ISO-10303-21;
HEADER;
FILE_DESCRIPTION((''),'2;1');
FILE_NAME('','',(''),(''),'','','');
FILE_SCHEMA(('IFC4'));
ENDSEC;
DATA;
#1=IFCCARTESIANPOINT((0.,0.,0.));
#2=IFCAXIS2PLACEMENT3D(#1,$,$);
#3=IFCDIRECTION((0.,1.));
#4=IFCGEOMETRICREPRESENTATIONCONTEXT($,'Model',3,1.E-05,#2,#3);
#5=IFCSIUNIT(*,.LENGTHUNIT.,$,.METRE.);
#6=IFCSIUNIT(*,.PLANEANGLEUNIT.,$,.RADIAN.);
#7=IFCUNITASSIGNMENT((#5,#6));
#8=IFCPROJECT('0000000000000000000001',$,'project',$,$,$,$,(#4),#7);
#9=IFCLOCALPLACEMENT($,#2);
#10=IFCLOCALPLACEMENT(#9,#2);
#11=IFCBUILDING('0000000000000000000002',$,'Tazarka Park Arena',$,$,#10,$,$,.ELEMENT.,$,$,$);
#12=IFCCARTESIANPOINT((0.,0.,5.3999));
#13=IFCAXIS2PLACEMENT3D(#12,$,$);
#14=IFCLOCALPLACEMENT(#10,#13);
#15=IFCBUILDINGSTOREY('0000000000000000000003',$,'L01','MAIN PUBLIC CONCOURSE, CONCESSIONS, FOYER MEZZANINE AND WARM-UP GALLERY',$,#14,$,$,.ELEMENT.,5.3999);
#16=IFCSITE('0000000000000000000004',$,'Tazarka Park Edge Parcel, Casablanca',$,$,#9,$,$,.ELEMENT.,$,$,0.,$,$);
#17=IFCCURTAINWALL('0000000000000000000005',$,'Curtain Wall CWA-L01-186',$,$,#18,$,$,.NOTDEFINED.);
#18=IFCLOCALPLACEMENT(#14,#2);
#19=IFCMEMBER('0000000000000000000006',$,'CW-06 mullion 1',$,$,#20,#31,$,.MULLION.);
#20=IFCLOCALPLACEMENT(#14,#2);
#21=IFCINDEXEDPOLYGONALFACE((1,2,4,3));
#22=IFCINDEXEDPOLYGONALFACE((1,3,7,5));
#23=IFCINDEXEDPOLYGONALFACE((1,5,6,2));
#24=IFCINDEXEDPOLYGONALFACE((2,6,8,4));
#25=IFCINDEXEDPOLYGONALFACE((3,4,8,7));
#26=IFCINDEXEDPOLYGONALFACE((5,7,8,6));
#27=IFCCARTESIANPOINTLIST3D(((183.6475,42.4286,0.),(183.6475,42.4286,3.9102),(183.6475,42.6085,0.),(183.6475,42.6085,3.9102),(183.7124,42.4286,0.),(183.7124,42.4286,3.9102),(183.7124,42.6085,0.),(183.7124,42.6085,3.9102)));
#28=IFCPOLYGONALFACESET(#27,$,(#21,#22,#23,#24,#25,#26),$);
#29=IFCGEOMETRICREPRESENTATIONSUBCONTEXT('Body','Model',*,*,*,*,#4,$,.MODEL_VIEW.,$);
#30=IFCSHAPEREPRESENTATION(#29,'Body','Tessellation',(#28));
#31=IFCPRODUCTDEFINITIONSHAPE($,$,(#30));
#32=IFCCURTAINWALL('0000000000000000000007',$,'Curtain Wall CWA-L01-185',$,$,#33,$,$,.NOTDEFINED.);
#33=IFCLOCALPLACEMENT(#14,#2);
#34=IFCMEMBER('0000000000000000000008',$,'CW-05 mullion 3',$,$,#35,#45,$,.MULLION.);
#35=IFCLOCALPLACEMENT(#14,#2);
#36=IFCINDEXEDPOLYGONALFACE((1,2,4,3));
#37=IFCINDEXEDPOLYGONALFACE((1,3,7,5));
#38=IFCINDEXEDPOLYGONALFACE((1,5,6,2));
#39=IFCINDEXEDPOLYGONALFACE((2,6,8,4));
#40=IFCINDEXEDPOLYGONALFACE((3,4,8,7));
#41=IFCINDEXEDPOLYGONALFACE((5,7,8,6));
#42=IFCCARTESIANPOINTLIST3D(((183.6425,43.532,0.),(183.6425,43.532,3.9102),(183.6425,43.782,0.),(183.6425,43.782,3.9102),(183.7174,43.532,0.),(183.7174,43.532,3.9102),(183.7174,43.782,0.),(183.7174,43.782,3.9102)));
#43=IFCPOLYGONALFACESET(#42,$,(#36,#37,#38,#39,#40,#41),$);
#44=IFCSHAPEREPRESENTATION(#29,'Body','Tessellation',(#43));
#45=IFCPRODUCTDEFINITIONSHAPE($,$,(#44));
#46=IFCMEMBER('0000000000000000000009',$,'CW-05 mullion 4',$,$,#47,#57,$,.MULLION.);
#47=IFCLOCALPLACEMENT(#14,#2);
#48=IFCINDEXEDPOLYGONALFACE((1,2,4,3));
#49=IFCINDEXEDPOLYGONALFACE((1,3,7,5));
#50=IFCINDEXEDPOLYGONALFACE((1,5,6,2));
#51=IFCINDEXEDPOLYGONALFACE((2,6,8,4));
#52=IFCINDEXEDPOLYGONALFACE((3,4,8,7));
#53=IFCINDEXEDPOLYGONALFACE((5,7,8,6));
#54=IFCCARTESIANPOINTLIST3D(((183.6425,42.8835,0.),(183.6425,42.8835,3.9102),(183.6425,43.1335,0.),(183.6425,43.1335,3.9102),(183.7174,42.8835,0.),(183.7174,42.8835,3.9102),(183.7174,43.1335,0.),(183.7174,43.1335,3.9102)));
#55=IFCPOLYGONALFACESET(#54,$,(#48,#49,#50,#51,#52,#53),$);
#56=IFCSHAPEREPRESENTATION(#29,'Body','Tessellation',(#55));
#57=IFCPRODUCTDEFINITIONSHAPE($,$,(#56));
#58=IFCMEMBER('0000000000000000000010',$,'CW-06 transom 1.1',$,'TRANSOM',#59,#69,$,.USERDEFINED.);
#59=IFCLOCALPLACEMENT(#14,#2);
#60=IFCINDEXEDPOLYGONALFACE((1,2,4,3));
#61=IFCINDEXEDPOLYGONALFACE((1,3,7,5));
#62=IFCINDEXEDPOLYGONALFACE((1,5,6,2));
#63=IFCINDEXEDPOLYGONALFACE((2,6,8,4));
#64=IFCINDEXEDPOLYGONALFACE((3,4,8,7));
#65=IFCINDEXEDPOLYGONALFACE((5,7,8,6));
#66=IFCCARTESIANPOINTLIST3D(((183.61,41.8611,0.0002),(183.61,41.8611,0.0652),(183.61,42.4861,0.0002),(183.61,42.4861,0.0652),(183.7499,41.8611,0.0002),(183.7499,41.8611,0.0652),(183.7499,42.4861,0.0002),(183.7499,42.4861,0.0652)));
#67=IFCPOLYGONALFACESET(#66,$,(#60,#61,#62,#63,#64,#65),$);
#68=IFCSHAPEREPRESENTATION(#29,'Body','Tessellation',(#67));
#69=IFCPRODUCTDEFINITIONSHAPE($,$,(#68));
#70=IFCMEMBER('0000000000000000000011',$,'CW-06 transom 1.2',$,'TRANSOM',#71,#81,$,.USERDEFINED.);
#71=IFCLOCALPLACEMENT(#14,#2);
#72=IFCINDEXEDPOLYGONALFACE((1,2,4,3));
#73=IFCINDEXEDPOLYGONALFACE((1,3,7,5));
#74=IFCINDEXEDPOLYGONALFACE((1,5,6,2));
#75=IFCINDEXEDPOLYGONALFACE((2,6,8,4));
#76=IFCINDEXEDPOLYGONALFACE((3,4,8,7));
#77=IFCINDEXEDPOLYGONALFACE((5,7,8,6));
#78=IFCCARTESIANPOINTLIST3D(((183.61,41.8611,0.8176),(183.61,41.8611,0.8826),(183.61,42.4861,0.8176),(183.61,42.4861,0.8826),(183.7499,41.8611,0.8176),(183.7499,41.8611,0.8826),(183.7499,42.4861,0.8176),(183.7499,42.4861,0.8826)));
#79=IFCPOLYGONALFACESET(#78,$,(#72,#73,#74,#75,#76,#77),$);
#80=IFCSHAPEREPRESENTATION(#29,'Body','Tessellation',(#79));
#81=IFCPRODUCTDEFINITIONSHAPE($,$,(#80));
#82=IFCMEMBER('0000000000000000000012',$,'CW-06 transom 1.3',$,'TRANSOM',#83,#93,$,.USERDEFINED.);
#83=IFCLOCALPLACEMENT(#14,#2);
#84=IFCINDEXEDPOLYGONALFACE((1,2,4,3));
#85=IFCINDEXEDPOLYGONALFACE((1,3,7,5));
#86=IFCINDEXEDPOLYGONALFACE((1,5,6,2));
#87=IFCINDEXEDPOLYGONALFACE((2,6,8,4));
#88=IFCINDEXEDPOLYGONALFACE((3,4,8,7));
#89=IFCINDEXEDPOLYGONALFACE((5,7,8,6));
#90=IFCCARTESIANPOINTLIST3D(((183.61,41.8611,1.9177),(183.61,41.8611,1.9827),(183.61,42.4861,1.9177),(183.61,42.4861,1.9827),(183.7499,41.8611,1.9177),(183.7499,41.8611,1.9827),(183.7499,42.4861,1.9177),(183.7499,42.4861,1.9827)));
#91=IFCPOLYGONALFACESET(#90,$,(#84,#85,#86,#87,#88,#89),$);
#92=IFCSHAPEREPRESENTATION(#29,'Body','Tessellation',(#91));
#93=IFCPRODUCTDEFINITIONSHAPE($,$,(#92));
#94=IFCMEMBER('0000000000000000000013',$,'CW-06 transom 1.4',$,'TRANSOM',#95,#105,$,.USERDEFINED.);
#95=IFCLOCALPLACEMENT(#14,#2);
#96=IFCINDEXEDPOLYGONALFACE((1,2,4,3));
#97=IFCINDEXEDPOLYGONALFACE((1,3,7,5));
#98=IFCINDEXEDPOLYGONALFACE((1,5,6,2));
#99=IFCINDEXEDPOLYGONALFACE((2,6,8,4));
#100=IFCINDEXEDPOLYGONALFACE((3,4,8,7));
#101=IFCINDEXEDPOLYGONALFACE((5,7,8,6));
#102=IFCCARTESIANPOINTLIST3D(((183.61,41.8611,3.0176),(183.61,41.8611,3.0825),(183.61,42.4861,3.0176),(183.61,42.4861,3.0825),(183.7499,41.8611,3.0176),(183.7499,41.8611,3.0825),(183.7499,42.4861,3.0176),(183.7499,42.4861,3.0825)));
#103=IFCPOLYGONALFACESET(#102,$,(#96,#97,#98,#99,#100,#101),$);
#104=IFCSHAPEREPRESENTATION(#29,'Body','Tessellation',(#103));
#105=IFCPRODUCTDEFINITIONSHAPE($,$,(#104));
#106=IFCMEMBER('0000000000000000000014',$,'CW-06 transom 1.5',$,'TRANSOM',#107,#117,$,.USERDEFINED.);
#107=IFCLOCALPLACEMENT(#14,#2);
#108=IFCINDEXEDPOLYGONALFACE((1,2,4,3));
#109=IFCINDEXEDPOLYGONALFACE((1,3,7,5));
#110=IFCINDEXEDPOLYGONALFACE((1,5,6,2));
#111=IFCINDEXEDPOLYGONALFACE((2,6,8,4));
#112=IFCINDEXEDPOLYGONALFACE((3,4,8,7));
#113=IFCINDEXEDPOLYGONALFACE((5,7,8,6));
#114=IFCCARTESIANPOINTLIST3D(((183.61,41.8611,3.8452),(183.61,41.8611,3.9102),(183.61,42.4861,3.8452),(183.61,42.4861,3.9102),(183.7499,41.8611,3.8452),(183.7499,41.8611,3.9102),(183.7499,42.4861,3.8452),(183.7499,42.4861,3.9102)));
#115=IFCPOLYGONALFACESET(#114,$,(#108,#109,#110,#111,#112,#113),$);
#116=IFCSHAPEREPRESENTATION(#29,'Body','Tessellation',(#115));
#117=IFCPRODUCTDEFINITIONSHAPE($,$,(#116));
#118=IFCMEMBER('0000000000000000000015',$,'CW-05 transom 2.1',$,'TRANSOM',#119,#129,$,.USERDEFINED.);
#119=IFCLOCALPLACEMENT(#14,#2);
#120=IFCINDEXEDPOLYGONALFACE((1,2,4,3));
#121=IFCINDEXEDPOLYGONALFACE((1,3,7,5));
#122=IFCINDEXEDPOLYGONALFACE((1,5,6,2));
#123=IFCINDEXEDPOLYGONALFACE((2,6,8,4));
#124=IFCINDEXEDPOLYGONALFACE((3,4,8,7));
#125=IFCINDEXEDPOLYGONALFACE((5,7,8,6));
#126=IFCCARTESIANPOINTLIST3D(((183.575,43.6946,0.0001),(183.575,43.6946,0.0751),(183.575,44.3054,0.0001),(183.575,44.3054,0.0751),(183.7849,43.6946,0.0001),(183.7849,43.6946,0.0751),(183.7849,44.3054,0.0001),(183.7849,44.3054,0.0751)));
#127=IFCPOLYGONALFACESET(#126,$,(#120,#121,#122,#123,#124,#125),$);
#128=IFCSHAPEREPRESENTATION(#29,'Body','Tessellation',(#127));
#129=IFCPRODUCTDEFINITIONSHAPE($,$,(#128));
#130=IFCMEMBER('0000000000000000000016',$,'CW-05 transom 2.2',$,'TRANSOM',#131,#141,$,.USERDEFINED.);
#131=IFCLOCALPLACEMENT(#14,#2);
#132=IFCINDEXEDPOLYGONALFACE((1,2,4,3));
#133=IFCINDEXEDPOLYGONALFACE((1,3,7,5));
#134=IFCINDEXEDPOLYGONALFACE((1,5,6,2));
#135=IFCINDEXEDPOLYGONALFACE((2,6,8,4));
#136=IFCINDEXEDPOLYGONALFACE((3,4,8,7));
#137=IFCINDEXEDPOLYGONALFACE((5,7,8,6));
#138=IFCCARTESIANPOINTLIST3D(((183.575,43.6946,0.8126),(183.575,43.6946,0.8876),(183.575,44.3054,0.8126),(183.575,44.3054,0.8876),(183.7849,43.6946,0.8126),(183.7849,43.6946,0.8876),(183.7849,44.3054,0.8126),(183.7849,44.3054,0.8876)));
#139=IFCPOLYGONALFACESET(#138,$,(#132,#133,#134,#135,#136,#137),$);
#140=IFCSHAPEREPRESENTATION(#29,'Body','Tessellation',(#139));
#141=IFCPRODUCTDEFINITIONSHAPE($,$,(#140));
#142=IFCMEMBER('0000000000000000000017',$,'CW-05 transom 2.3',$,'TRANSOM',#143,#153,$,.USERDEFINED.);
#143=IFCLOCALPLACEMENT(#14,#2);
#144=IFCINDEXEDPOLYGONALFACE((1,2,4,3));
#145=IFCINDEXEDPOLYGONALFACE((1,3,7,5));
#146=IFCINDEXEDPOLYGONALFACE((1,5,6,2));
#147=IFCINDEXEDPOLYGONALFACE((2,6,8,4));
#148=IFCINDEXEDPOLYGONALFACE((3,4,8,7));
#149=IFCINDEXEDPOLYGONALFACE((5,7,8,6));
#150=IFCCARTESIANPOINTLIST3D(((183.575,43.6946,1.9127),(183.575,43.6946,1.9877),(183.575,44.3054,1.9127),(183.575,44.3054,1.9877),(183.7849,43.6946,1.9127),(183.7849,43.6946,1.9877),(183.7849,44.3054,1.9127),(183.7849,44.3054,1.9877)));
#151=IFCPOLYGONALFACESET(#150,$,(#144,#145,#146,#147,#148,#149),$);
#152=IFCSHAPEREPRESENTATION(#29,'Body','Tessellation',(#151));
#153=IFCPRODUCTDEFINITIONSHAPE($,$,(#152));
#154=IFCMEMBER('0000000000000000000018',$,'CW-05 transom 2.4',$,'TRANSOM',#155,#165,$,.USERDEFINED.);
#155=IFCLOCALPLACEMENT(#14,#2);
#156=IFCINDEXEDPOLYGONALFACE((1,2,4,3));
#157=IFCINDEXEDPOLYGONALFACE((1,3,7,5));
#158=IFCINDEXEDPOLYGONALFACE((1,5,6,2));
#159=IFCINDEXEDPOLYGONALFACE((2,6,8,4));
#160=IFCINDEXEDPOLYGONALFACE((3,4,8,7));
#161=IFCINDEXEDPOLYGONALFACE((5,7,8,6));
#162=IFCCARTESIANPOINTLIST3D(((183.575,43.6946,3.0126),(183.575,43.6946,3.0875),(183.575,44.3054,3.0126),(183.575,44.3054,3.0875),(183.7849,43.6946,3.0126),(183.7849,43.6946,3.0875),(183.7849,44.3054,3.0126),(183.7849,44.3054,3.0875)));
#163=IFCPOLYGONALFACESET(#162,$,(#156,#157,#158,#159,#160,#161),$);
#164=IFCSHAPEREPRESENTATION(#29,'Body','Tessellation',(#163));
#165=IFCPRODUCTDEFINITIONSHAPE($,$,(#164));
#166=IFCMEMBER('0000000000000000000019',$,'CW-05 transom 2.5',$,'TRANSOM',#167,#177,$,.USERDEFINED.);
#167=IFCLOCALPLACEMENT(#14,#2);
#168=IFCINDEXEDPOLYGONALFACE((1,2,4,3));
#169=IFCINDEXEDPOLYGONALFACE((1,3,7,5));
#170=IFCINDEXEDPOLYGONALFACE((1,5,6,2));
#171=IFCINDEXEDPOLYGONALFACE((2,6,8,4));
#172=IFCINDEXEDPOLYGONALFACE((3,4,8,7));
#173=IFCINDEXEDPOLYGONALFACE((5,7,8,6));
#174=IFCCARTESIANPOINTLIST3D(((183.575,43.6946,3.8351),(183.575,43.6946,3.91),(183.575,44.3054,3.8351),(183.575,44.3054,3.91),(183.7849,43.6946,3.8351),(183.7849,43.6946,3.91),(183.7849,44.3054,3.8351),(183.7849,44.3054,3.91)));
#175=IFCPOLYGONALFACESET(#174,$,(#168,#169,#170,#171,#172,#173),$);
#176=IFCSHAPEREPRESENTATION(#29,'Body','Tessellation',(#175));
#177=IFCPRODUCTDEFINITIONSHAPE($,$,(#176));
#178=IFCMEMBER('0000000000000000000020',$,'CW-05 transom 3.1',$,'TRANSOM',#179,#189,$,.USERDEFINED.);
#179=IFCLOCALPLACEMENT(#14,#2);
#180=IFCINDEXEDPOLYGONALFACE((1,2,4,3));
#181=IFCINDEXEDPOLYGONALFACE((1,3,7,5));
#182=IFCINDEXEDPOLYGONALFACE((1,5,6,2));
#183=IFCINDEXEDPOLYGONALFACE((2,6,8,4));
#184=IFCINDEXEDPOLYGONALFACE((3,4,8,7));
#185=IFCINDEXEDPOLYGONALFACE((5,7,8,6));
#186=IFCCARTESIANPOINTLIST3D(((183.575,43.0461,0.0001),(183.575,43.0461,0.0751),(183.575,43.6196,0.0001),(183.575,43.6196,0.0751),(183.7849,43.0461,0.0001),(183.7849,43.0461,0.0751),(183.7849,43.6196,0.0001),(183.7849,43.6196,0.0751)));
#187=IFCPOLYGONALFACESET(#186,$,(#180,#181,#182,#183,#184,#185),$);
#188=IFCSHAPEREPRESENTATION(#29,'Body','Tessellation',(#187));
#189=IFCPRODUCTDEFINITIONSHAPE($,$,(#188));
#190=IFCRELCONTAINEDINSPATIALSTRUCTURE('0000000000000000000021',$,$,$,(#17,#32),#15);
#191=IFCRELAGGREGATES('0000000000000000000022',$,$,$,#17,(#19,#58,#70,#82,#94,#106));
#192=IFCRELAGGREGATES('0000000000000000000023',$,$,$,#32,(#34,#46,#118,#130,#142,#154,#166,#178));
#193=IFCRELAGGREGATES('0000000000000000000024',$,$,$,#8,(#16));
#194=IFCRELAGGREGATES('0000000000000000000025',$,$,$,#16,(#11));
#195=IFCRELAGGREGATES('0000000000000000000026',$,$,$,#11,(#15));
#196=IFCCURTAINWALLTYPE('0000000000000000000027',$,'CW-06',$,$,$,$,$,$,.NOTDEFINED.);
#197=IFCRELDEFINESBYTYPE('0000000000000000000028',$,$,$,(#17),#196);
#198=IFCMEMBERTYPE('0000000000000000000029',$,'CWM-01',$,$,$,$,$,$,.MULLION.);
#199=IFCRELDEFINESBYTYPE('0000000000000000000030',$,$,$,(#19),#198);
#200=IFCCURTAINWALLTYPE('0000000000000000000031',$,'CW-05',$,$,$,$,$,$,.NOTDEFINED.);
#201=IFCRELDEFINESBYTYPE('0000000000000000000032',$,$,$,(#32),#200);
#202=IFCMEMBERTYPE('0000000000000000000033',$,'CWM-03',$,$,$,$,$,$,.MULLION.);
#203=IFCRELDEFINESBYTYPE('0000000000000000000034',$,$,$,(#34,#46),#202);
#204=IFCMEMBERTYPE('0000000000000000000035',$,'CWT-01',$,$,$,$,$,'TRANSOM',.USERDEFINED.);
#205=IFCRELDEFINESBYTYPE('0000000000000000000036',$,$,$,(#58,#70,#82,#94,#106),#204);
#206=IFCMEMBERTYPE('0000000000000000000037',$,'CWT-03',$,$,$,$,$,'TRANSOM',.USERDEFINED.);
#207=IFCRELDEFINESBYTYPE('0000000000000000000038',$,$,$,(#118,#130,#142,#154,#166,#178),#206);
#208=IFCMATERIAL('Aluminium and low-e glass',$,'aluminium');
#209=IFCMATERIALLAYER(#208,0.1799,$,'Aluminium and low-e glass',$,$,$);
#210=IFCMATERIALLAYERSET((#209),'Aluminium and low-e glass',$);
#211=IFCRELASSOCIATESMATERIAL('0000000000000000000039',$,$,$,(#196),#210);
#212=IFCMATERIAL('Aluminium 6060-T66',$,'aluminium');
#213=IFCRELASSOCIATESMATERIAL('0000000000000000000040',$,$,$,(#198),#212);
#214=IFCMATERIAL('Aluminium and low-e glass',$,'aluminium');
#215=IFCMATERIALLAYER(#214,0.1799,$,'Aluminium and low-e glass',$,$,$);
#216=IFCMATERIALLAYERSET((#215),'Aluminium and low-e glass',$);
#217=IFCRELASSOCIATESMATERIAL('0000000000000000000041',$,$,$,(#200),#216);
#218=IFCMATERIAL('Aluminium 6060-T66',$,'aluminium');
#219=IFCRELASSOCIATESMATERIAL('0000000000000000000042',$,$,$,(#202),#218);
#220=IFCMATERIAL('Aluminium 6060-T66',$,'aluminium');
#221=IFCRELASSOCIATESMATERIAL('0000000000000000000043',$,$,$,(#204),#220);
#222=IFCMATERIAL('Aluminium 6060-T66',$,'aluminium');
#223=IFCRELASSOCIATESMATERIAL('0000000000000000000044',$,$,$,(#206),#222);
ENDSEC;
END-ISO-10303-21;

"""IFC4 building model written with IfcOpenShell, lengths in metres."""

from ifc_helpers import new_model, si_unit, direction, frame, origin, origin_2d, place, context, subcontext, project, spatial, rectangle, extrude, material, layer, layer_set, material_profile, profile_set, type_object, element, aggregate, save


model = new_model("IFC4")

# Units and contexts
model_context = context("Model", 3, precision=1e-05, world=origin(), true_north=direction((0.0, 1.0)))
body_context = subcontext(model_context, "Body", "Model", "MODEL_VIEW")
ifc_project = project(units=[si_unit("LENGTHUNIT", "METRE"), si_unit("PLANEANGLEUNIT", "RADIAN")], contexts=[model_context])

# Site, building, storey
site_placement = place(None, origin())
site = spatial("IfcSite", under=ifc_project, at=site_placement, Name="Tazarka Park Edge Parcel, Casablanca", CompositionType="ELEMENT", RefElevation=0.0)
building_placement = place(site_placement, origin())
building = spatial("IfcBuilding", under=site, at=building_placement, Name="Tazarka Park Arena", CompositionType="ELEMENT")
storey_placement = place(building_placement, frame((0.0, 0.0, 5.3999)))
storey = spatial("IfcBuildingStorey", under=building, at=storey_placement, Name="L01", Description="MAIN PUBLIC CONCOURSE, CONCESSIONS, FOYER MEZZANINE AND WARM-UP GALLERY", CompositionType="ELEMENT", Elevation=5.3999)

# Curtain wall, member
ifc_material_1 = material(Name="Aluminium and low-e glass", Category="aluminium")
ifc_layer_1 = layer(ifc_material_1, 0.1799, Name="Aluminium and low-e glass")
ifc_layer_set_1 = layer_set([ifc_layer_1], Name="Aluminium and low-e glass")
curtain_wall_type_1 = type_object("IfcCurtainWallType", Name="CW-06", PredefinedType="NOTDEFINED", material=ifc_layer_set_1)
curtain_wall_1_placement = place(storey_placement, origin())
curtain_wall_1 = element("IfcCurtainWall", 1, at=curtain_wall_1_placement, inside=storey, type_object=curtain_wall_type_1, Name="Curtain Wall CWA-L01-186", PredefinedType="NOTDEFINED")
ifc_material_2 = material(Name="Aluminium 6060-T66", Category="aluminium")
ifc_material_profile_1 = material_profile(ifc_material_2, rectangle(XDim=0.0649, YDim=0.1799, at=origin_2d()), Name="Aluminium 6060-T66")
ifc_profile_set_1 = profile_set([ifc_material_profile_1], Name="Aluminium 6060-T66")
member_type_1 = type_object("IfcMemberType", Name="CWM-01", PredefinedType="MULLION", material=ifc_profile_set_1)
member_1_placement = place(storey_placement, frame((183.6799, 42.5186, 0.0), z_axis=(0.0, 0.0, 1.0), x_axis=(1.0, 0.0, 0.0)))
member_1 = element("IfcMember", 2, at=member_1_placement, type_object=member_type_1, Name="CW-06 mullion 1", PredefinedType="MULLION", context=body_context, shape_type="SweptSolid", body=[
    extrude(rectangle(XDim=0.0649, YDim=0.1799, at=origin_2d()), origin(), (0.0, 0.0, 1.0), 3.9102),
])

# Curtain wall, members
ifc_material_3 = material(Name="Aluminium and low-e glass", Category="aluminium")
ifc_layer_2 = layer(ifc_material_3, 0.1799, Name="Aluminium and low-e glass")
ifc_layer_set_2 = layer_set([ifc_layer_2], Name="Aluminium and low-e glass")
curtain_wall_type_2 = type_object("IfcCurtainWallType", Name="CW-05", PredefinedType="NOTDEFINED", material=ifc_layer_set_2)
curtain_wall_2_placement = place(storey_placement, origin())
curtain_wall_2 = element("IfcCurtainWall", 3, at=curtain_wall_2_placement, inside=storey, type_object=curtain_wall_type_2, Name="Curtain Wall CWA-L01-185", PredefinedType="NOTDEFINED")
ifc_material_4 = material(Name="Aluminium 6060-T66", Category="aluminium")
ifc_material_profile_2 = material_profile(ifc_material_4, rectangle(XDim=0.075, YDim=0.25, at=origin_2d()), Name="Aluminium 6060-T66")
ifc_profile_set_2 = profile_set([ifc_material_profile_2], Name="Aluminium 6060-T66")
member_type_2 = type_object("IfcMemberType", Name="CWM-03", PredefinedType="MULLION", material=ifc_profile_set_2)
member_2_placement = place(storey_placement, frame((183.6799, 43.657, 0.0), z_axis=(0.0, 0.0, 1.0), x_axis=(1.0, 0.0, 0.0)))
member_2 = element("IfcMember", 4, at=member_2_placement, type_object=member_type_2, Name="CW-05 mullion 3", PredefinedType="MULLION", context=body_context, shape_type="SweptSolid", body=[
    extrude(rectangle(XDim=0.075, YDim=0.25, at=origin_2d()), origin(), (0.0, 0.0, 1.0), 3.9102),
])
member_3_placement = place(storey_placement, frame((183.6799, 43.0085, 0.0), z_axis=(0.0, 0.0, 1.0), x_axis=(1.0, 0.0, 0.0)))
member_3 = element("IfcMember", 5, at=member_3_placement, type_object=member_type_2, Name="CW-05 mullion 4", PredefinedType="MULLION", context=body_context, shape_type="SweptSolid", body=[
    extrude(rectangle(XDim=0.075, YDim=0.25, at=origin_2d()), origin(), (0.0, 0.0, 1.0), 3.9102),
])

# Members
ifc_material_5 = material(Name="Aluminium 6060-T66", Category="aluminium")
ifc_material_profile_3 = material_profile(ifc_material_5, rectangle(XDim=0.1399, YDim=0.0649, at=origin_2d()), Name="Aluminium 6060-T66")
ifc_profile_set_3 = profile_set([ifc_material_profile_3], Name="Aluminium 6060-T66")
member_type_3 = type_object("IfcMemberType", Name="CWT-01", ElementType="TRANSOM", PredefinedType="USERDEFINED", material=ifc_profile_set_3)
member_4_placement = place(storey_placement, frame((183.6799, 42.4861, 0.0327), z_axis=(0.0, -1.0, 0.0), x_axis=(1.0, 0.0, 0.0)))
member_4 = element("IfcMember", 6, at=member_4_placement, type_object=member_type_3, Name="CW-06 transom 1.1", ObjectType="TRANSOM", PredefinedType="USERDEFINED", context=body_context, shape_type="SweptSolid", body=[
    extrude(rectangle(XDim=0.1399, YDim=0.0649, at=origin_2d()), origin(), (0.0, 0.0, 1.0), 0.625),
])
member_5_placement = place(storey_placement, frame((183.6799, 42.4861, 0.8501), z_axis=(0.0, -1.0, 0.0), x_axis=(1.0, 0.0, 0.0)))
member_5 = element("IfcMember", 7, at=member_5_placement, type_object=member_type_3, Name="CW-06 transom 1.2", ObjectType="TRANSOM", PredefinedType="USERDEFINED", context=body_context, shape_type="SweptSolid", body=[
    extrude(rectangle(XDim=0.1399, YDim=0.0649, at=origin_2d()), origin(), (0.0, 0.0, 1.0), 0.625),
])
member_6_placement = place(storey_placement, frame((183.6799, 42.4861, 1.9502), z_axis=(0.0, -1.0, 0.0), x_axis=(1.0, 0.0, 0.0)))
member_6 = element("IfcMember", 8, at=member_6_placement, type_object=member_type_3, Name="CW-06 transom 1.3", ObjectType="TRANSOM", PredefinedType="USERDEFINED", context=body_context, shape_type="SweptSolid", body=[
    extrude(rectangle(XDim=0.1399, YDim=0.0649, at=origin_2d()), origin(), (0.0, 0.0, 1.0), 0.625),
])
member_7_placement = place(storey_placement, frame((183.6799, 42.4861, 3.05), z_axis=(0.0, -1.0, 0.0), x_axis=(1.0, 0.0, 0.0)))
member_7 = element("IfcMember", 9, at=member_7_placement, type_object=member_type_3, Name="CW-06 transom 1.4", ObjectType="TRANSOM", PredefinedType="USERDEFINED", context=body_context, shape_type="SweptSolid", body=[
    extrude(rectangle(XDim=0.1399, YDim=0.0649, at=origin_2d()), origin(), (0.0, 0.0, 1.0), 0.625),
])
member_8_placement = place(storey_placement, frame((183.6799, 42.4861, 3.8777), z_axis=(0.0, -1.0, 0.0), x_axis=(1.0, 0.0, 0.0)))
member_8 = element("IfcMember", 10, at=member_8_placement, type_object=member_type_3, Name="CW-06 transom 1.5", ObjectType="TRANSOM", PredefinedType="USERDEFINED", context=body_context, shape_type="SweptSolid", body=[
    extrude(rectangle(XDim=0.1399, YDim=0.0649, at=origin_2d()), origin(), (0.0, 0.0, 1.0), 0.625),
])
ifc_material_6 = material(Name="Aluminium 6060-T66", Category="aluminium")
ifc_material_profile_4 = material_profile(ifc_material_6, rectangle(XDim=0.21, YDim=0.075, at=origin_2d()), Name="Aluminium 6060-T66")
ifc_profile_set_4 = profile_set([ifc_material_profile_4], Name="Aluminium 6060-T66")
member_type_4 = type_object("IfcMemberType", Name="CWT-03", ElementType="TRANSOM", PredefinedType="USERDEFINED", material=ifc_profile_set_4)
member_9_placement = place(storey_placement, frame((183.6799, 44.3054, 0.0376), z_axis=(0.0, -1.0, 0.0), x_axis=(1.0, 0.0, 0.0)))
member_9 = element("IfcMember", 11, at=member_9_placement, type_object=member_type_4, Name="CW-05 transom 2.1", ObjectType="TRANSOM", PredefinedType="USERDEFINED", context=body_context, shape_type="SweptSolid", body=[
    extrude(rectangle(XDim=0.21, YDim=0.075, at=origin_2d()), origin(), (0.0, 0.0, 1.0), 0.6108),
])
member_10_placement = place(storey_placement, frame((183.6799, 44.3054, 0.8501), z_axis=(0.0, -1.0, 0.0), x_axis=(1.0, 0.0, 0.0)))
member_10 = element("IfcMember", 12, at=member_10_placement, type_object=member_type_4, Name="CW-05 transom 2.2", ObjectType="TRANSOM", PredefinedType="USERDEFINED", context=body_context, shape_type="SweptSolid", body=[
    extrude(rectangle(XDim=0.21, YDim=0.075, at=origin_2d()), origin(), (0.0, 0.0, 1.0), 0.6108),
])
member_11_placement = place(storey_placement, frame((183.6799, 44.3054, 1.9502), z_axis=(0.0, -1.0, 0.0), x_axis=(1.0, 0.0, 0.0)))
member_11 = element("IfcMember", 13, at=member_11_placement, type_object=member_type_4, Name="CW-05 transom 2.3", ObjectType="TRANSOM", PredefinedType="USERDEFINED", context=body_context, shape_type="SweptSolid", body=[
    extrude(rectangle(XDim=0.21, YDim=0.075, at=origin_2d()), origin(), (0.0, 0.0, 1.0), 0.6108),
])
member_12_placement = place(storey_placement, frame((183.6799, 44.3054, 3.05), z_axis=(0.0, -1.0, 0.0), x_axis=(1.0, 0.0, 0.0)))
member_12 = element("IfcMember", 14, at=member_12_placement, type_object=member_type_4, Name="CW-05 transom 2.4", ObjectType="TRANSOM", PredefinedType="USERDEFINED", context=body_context, shape_type="SweptSolid", body=[
    extrude(rectangle(XDim=0.21, YDim=0.075, at=origin_2d()), origin(), (0.0, 0.0, 1.0), 0.6108),
])
member_13_placement = place(storey_placement, frame((183.6799, 44.3054, 3.8726), z_axis=(0.0, -1.0, 0.0), x_axis=(1.0, 0.0, 0.0)))
member_13 = element("IfcMember", 15, at=member_13_placement, type_object=member_type_4, Name="CW-05 transom 2.5", ObjectType="TRANSOM", PredefinedType="USERDEFINED", context=body_context, shape_type="SweptSolid", body=[
    extrude(rectangle(XDim=0.21, YDim=0.075, at=origin_2d()), origin(), (0.0, 0.0, 1.0), 0.6108),
])
member_14_placement = place(storey_placement, frame((183.6799, 43.6196, 0.0376), z_axis=(0.0, -1.0, 0.0), x_axis=(1.0, 0.0, 0.0)))
member_14 = element("IfcMember", 16, at=member_14_placement, type_object=member_type_4, Name="CW-05 transom 3.1", ObjectType="TRANSOM", PredefinedType="USERDEFINED", context=body_context, shape_type="SweptSolid", body=[
    extrude(rectangle(XDim=0.21, YDim=0.075, at=origin_2d()), origin(), (0.0, 0.0, 1.0), 0.5735),
])

aggregate(curtain_wall_1, [member_1, member_4, member_5, member_6, member_7, member_8])
aggregate(curtain_wall_2, [member_2, member_3, member_9, member_10, member_11, member_12, member_13, member_14])

save(model, "model.ifc")
